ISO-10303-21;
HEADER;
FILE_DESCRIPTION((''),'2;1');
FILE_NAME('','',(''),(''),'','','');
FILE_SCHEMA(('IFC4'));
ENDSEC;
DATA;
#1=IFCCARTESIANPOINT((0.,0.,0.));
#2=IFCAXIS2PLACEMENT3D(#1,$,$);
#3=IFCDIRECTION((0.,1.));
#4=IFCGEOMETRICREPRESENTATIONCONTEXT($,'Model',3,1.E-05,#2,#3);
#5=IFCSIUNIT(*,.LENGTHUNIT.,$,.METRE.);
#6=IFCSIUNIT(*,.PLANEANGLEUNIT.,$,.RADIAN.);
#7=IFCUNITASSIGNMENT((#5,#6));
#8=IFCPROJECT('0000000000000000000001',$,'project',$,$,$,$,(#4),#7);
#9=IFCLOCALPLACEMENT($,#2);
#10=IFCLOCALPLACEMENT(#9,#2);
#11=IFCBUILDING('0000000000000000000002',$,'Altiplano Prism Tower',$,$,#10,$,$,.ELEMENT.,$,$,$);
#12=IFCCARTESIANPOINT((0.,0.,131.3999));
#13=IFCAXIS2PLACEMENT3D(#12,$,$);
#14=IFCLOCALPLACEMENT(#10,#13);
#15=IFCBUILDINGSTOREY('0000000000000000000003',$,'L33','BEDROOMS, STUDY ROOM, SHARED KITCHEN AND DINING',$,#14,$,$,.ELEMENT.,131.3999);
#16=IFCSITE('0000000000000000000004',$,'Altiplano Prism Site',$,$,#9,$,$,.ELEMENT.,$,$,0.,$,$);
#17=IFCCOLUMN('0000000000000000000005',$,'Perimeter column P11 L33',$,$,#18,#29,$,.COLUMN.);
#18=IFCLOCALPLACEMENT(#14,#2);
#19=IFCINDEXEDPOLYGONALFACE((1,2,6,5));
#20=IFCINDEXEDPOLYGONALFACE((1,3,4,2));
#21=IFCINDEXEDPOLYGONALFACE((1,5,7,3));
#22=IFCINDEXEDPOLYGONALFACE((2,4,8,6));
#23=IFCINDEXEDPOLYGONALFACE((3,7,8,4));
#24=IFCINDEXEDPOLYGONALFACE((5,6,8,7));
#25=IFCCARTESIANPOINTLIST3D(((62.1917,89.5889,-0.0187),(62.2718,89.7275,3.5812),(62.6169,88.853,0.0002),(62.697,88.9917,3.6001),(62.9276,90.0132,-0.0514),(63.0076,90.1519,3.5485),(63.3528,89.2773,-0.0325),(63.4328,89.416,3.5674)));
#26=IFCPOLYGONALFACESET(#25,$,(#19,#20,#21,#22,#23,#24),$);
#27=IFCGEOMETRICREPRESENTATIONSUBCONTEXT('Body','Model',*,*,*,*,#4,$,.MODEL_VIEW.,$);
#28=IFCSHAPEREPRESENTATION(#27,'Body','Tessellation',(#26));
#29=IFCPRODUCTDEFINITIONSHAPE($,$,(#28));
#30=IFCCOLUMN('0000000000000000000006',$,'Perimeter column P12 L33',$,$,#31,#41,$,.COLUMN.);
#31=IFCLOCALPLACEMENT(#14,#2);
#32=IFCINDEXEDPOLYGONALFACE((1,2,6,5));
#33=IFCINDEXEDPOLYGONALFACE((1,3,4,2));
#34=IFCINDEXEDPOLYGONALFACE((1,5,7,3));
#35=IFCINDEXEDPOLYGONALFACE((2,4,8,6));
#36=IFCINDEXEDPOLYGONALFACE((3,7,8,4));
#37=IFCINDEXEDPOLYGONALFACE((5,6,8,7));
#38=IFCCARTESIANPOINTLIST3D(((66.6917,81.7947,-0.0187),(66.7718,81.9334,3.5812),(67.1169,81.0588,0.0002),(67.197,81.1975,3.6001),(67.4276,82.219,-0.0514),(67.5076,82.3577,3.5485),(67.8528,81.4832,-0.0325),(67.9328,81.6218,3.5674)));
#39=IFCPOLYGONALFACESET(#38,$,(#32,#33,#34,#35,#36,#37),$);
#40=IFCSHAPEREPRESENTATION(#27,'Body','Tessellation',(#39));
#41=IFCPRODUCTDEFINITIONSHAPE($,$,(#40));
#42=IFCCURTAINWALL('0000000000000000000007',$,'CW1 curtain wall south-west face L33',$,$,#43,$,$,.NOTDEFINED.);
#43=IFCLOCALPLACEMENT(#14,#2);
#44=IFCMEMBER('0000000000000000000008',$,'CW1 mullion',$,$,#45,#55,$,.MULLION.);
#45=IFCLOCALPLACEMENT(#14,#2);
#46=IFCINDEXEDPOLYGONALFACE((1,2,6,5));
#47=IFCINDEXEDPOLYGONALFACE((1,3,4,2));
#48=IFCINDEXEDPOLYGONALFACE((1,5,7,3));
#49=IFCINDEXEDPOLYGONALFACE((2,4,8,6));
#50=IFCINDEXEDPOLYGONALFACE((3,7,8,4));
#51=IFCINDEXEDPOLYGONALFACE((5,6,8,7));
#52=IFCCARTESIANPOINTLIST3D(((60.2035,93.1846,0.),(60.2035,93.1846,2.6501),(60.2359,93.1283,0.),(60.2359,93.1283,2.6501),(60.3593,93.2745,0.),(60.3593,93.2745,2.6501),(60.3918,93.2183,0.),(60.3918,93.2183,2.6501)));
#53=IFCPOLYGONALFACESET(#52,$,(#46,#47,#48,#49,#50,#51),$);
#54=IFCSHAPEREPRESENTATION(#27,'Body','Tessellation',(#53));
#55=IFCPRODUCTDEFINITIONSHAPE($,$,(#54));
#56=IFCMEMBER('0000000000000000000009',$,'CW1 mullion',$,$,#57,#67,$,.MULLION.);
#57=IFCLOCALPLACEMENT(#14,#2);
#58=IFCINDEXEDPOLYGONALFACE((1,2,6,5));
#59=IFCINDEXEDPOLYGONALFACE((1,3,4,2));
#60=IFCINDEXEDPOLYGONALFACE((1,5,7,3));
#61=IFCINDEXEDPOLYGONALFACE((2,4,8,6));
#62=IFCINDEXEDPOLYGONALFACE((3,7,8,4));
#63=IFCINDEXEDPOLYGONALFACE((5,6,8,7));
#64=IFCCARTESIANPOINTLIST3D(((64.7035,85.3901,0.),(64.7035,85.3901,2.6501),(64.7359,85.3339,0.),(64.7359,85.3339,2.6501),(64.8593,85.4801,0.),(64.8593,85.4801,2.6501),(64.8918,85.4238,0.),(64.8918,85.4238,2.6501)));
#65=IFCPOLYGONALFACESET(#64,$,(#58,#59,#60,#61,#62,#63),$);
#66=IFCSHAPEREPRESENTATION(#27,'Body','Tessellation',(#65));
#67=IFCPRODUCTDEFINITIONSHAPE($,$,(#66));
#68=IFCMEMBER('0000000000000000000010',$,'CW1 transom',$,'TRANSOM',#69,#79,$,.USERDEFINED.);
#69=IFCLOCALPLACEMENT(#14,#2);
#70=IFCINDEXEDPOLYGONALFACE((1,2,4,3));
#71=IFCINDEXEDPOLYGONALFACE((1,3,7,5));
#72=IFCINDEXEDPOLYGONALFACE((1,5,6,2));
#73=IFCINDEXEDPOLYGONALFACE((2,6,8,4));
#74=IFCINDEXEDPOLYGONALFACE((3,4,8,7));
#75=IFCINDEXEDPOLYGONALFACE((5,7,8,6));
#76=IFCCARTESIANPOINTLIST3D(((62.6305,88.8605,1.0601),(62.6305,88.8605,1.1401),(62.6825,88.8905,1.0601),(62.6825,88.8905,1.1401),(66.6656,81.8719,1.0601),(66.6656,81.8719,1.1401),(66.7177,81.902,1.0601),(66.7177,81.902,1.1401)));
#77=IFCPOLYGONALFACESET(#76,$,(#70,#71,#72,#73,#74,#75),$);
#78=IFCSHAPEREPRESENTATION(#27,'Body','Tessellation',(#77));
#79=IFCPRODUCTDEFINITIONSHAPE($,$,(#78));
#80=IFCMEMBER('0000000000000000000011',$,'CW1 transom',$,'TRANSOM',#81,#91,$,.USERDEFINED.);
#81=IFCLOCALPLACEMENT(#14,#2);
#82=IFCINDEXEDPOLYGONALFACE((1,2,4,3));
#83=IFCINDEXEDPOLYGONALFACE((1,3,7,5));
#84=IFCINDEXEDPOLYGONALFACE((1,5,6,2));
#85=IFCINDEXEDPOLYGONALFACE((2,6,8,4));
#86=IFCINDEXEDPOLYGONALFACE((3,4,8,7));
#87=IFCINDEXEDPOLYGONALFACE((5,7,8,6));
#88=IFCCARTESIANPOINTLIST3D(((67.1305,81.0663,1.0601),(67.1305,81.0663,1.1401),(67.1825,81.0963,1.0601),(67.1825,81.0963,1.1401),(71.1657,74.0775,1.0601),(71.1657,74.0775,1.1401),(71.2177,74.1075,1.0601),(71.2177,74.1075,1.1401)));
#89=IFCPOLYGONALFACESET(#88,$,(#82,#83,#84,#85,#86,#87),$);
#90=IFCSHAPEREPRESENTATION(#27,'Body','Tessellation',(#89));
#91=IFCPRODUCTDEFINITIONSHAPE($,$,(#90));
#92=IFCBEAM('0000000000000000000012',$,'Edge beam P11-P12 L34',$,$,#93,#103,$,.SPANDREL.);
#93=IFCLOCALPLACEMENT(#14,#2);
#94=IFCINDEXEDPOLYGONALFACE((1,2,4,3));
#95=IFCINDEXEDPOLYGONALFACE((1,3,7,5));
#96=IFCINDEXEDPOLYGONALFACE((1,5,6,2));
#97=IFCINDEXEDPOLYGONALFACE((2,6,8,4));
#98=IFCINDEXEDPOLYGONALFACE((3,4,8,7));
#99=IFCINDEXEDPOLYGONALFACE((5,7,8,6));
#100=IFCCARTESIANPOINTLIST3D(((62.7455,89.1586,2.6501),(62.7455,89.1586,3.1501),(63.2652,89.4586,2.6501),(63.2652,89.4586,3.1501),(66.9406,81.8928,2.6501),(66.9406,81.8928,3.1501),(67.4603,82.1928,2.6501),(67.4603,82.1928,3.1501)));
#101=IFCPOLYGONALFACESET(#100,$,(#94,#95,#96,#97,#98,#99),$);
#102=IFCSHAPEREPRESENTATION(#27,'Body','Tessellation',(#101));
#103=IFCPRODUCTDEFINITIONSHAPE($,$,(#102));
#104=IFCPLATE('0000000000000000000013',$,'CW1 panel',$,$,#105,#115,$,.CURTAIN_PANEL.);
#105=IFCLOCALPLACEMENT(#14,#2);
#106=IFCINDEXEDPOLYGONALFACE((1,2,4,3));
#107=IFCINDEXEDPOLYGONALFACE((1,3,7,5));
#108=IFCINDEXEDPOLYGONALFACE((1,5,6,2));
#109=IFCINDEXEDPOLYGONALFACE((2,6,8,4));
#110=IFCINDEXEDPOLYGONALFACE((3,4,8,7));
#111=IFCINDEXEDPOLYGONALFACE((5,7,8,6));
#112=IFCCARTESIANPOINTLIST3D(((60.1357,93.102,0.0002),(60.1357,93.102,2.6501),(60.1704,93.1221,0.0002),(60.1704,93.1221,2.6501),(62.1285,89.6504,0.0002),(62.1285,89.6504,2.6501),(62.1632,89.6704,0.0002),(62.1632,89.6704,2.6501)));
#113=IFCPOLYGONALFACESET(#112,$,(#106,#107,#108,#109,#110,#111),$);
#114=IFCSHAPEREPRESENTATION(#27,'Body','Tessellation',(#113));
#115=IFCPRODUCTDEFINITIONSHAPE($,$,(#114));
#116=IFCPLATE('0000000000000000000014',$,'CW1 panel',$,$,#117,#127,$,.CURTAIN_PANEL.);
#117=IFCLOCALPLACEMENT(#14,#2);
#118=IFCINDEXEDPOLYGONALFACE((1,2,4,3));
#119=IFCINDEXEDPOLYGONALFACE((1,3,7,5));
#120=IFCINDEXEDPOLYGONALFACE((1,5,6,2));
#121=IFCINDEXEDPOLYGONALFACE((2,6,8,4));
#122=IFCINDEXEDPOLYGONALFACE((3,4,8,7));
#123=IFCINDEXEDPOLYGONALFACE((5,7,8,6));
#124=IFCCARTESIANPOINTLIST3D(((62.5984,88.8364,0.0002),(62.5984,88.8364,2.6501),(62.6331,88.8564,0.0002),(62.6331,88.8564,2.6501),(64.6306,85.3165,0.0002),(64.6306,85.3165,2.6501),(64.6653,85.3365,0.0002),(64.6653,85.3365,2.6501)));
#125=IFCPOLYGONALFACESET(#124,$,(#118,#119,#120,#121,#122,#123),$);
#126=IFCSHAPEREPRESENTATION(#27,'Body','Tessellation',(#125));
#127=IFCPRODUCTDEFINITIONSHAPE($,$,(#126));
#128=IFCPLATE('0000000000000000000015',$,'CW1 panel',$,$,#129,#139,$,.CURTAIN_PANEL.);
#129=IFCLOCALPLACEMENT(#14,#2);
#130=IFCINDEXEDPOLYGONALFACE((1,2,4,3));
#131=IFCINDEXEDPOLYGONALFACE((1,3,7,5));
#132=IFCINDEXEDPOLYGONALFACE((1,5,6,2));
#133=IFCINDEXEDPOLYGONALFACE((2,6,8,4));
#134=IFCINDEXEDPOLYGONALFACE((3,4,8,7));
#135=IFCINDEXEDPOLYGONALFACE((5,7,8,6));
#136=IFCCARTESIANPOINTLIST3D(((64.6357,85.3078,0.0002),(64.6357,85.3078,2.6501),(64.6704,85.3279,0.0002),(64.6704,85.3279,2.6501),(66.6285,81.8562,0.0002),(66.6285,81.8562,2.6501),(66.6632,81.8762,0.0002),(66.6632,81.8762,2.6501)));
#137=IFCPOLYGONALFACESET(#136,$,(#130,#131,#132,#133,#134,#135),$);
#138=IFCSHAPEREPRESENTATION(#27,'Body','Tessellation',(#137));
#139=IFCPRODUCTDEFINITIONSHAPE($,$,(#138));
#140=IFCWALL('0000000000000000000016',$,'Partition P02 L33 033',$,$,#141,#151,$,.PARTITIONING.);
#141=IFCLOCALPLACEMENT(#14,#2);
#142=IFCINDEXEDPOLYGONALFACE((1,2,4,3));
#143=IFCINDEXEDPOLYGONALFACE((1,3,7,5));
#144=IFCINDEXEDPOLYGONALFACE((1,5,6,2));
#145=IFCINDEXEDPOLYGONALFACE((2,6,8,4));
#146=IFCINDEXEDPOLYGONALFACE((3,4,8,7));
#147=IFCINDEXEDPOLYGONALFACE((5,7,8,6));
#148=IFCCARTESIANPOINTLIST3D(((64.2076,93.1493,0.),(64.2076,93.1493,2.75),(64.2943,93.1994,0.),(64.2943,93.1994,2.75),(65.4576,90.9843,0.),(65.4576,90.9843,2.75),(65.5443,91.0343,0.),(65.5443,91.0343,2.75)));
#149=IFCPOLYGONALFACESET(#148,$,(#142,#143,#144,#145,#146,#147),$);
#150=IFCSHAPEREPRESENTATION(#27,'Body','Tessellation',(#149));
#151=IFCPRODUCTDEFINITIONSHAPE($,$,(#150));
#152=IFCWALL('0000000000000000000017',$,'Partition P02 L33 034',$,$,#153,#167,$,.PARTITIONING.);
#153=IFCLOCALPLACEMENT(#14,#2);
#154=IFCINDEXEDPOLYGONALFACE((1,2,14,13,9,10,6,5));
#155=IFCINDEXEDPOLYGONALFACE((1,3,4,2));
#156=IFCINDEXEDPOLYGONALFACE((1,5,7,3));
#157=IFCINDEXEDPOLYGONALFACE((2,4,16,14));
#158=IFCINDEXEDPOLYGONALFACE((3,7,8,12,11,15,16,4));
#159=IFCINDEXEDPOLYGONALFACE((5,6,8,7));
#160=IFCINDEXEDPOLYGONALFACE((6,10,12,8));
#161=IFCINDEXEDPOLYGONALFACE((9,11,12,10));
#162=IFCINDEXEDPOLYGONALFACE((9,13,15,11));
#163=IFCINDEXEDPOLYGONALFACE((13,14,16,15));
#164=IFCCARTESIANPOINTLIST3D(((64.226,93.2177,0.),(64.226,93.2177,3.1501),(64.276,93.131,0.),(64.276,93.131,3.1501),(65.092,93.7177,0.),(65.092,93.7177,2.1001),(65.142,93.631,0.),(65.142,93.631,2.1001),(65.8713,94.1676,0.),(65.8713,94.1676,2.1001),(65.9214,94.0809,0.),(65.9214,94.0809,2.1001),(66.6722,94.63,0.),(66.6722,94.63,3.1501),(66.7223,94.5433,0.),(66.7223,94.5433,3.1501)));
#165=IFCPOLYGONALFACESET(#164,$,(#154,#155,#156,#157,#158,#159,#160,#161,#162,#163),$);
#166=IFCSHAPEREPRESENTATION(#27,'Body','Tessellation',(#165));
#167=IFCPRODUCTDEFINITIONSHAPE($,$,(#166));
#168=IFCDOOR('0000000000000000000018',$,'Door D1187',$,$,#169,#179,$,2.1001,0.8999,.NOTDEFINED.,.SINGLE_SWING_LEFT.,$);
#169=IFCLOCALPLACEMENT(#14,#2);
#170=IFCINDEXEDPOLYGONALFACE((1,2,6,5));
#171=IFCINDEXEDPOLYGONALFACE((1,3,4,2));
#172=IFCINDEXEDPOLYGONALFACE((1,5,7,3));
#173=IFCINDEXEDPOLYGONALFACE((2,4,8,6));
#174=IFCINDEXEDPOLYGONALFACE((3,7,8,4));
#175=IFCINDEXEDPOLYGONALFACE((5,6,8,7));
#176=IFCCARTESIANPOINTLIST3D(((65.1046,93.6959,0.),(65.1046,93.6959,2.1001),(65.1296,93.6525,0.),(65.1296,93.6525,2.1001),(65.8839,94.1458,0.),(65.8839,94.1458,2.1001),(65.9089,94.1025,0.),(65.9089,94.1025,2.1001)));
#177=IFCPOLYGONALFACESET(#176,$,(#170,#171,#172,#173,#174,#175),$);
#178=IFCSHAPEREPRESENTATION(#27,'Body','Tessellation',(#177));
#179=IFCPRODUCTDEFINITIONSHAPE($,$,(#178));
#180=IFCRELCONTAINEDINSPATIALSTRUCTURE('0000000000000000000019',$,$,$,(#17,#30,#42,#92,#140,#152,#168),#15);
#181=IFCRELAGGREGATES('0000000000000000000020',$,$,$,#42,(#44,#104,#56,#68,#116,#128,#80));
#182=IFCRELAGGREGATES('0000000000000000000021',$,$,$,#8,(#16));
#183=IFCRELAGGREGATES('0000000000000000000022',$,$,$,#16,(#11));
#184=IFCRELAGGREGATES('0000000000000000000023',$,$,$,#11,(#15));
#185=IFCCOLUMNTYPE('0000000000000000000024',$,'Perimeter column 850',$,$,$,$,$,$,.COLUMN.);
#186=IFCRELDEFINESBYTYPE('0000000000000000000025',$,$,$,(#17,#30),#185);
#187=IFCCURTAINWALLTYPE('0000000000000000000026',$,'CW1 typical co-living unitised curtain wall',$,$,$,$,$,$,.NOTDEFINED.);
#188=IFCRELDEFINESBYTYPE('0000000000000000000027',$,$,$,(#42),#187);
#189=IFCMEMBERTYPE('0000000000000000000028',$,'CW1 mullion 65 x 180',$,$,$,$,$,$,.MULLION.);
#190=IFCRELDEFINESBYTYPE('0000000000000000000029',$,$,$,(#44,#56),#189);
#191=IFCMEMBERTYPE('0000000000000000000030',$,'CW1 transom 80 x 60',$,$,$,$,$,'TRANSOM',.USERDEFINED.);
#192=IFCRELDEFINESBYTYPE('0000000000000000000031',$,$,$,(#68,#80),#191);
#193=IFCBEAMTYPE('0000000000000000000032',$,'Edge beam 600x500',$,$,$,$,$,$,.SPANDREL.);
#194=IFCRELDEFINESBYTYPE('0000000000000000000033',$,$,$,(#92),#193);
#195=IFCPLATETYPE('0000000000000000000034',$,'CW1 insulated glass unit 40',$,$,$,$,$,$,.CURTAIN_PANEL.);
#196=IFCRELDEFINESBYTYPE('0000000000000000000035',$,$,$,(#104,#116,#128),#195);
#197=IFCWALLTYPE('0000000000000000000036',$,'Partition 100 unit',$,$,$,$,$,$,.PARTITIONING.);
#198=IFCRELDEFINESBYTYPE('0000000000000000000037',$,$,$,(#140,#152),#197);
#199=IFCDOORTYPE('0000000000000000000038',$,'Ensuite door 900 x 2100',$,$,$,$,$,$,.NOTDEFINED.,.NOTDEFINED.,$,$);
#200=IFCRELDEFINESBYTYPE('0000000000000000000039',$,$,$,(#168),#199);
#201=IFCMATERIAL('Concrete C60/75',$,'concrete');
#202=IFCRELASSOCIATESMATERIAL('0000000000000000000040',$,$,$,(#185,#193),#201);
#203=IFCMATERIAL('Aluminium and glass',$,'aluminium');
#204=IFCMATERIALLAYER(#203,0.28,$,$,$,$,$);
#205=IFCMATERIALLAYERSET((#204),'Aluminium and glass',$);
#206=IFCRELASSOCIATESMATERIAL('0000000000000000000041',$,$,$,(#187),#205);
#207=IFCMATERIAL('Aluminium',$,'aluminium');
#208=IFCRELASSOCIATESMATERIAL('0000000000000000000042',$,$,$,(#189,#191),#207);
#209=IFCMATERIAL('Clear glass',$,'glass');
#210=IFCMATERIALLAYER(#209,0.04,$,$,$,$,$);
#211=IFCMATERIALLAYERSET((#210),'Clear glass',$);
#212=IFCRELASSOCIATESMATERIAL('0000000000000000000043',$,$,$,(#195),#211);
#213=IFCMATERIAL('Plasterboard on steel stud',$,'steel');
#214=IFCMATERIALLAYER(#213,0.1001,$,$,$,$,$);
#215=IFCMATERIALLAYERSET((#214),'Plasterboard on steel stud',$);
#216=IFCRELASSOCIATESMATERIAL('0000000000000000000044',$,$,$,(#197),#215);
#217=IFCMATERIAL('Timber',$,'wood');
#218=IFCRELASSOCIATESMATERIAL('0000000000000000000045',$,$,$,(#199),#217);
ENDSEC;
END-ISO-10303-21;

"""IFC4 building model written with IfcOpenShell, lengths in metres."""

from ifc_helpers import new_model, si_unit, direction, frame, frame_2d, origin, origin_2d, place, context, subcontext, project, spatial, rectangle, extrude, material, layer, layer_set, material_profile, profile_set, type_object, element, fill, aggregate, save


model = new_model("IFC4")

# Units and contexts
model_context = context("Model", 3, precision=1e-05, world=origin(), true_north=direction((0.0, 1.0)))
body_context = subcontext(model_context, "Body", "Model", "MODEL_VIEW")
ifc_project = project(units=[si_unit("LENGTHUNIT", "METRE"), si_unit("PLANEANGLEUNIT", "RADIAN")], contexts=[model_context])

# Site, building, storey
site_placement = place(None, origin())
site = spatial("IfcSite", under=ifc_project, at=site_placement, Name="Altiplano Prism Site", CompositionType="ELEMENT", RefElevation=0.0)
building_placement = place(site_placement, origin())
building = spatial("IfcBuilding", under=site, at=building_placement, Name="Altiplano Prism Tower", CompositionType="ELEMENT")
storey_placement = place(building_placement, frame((0.0, 0.0, 131.3999)))
storey = spatial("IfcBuildingStorey", under=building, at=storey_placement, Name="L33", Description="BEDROOMS, STUDY ROOM, SHARED KITCHEN AND DINING", CompositionType="ELEMENT", Elevation=131.3999)

# Columns
ifc_material_1 = material(Name="Concrete C60/75", Category="concrete")
ifc_material_profile_1 = material_profile(ifc_material_1, rectangle(XDim=0.8501, YDim=0.8501, at=origin_2d()), Name="Perimeter column 850")
ifc_profile_set_1 = profile_set([ifc_material_profile_1], Name="Concrete C60/75")
column_type = type_object("IfcColumnType", Name="Perimeter column 850", PredefinedType="COLUMN", material=ifc_profile_set_1)
for number, where, z_axis, x_axis, name in (
    (1, (62.7722, 89.4331, -0.0256), (0.022223, 0.038483, 0.999012), (-0.865642, -0.499182, 0.038485), "Perimeter column P11 L33"),
    (2, (67.2722, 81.6389, -0.0256), (0.022223, 0.038483, 0.999012), (-0.865642, -0.499182, 0.038485), "Perimeter column P12 L33"),
):
    element("IfcColumn", number, at=place(storey_placement, frame(where, z_axis=z_axis, x_axis=x_axis)), inside=storey, type_object=column_type, Name=name, PredefinedType="COLUMN", context=body_context, shape_type="SweptSolid", body=[
        extrude(rectangle(XDim=0.8501, YDim=0.8501, at=origin_2d()), origin(), (0.0, 0.0, 1.0), 3.6035),
    ])

# Curtain wall, members
ifc_material_2 = material(Name="Aluminium and glass", Category="aluminium")
ifc_layer_1 = layer(ifc_material_2, 0.28)
ifc_layer_set_1 = layer_set([ifc_layer_1], Name="Aluminium and glass")
curtain_wall_type = type_object("IfcCurtainWallType", Name="CW1 typical co-living unitised curtain wall", PredefinedType="NOTDEFINED", material=ifc_layer_set_1)
curtain_wall_placement = place(storey_placement, origin())
curtain_wall = element("IfcCurtainWall", 3, at=curtain_wall_placement, inside=storey, type_object=curtain_wall_type, Name="CW1 curtain wall south-west face L33", PredefinedType="NOTDEFINED")
ifc_material_3 = material(Name="Aluminium", Category="aluminium")
ifc_material_profile_2 = material_profile(ifc_material_3, rectangle(XDim=0.1799, YDim=0.0649, at=origin_2d()), Name="CW1 mullion 65 x 180")
ifc_profile_set_2 = profile_set([ifc_material_profile_2], Name="Aluminium")
member_type_1 = type_object("IfcMemberType", Name="CW1 mullion 65 x 180", PredefinedType="MULLION", material=ifc_profile_set_2)
member_1_placement = place(storey_placement, frame((60.2976, 93.2014, 0.0), z_axis=(0.0, 0.0, 1.0), x_axis=(0.866025, 0.5, 0.0)))
member_1 = element("IfcMember", 4, at=member_1_placement, type_object=member_type_1, Name="CW1 mullion", PredefinedType="MULLION", context=body_context, shape_type="SweptSolid", body=[
    extrude(rectangle(XDim=0.1799, YDim=0.0649, at=origin_2d()), origin(), (0.0, 0.0, 1.0), 2.6501),
])
member_2_placement = place(storey_placement, frame((64.7976, 85.407, 0.0), z_axis=(0.0, 0.0, 1.0), x_axis=(0.866025, 0.5, 0.0)))
member_2 = element("IfcMember", 5, at=member_2_placement, type_object=member_type_1, Name="CW1 mullion", PredefinedType="MULLION", context=body_context, shape_type="SweptSolid", body=[
    extrude(rectangle(XDim=0.1799, YDim=0.0649, at=origin_2d()), origin(), (0.0, 0.0, 1.0), 2.6501),
])
ifc_material_profile_3 = material_profile(ifc_material_3, rectangle(XDim=0.0601, YDim=0.0801, at=origin_2d()), Name="CW1 transom 80 x 60")
ifc_profile_set_3 = profile_set([ifc_material_profile_3], Name="Aluminium")
member_type_2 = type_object("IfcMemberType", Name="CW1 transom 80 x 60", ElementType="TRANSOM", PredefinedType="USERDEFINED", material=ifc_profile_set_3)
member_3_placement = place(storey_placement, frame((62.6565, 88.8755, 1.1001), z_axis=(0.500031, -0.866008, 0.0), x_axis=(0.866008, 0.500031, 0.0)))
member_3 = element("IfcMember", 6, at=member_3_placement, type_object=member_type_2, Name="CW1 transom", ObjectType="TRANSOM", PredefinedType="USERDEFINED", context=body_context, shape_type="SweptSolid", body=[
    extrude(rectangle(XDim=0.0601, YDim=0.0801, at=origin_2d()), origin(), (0.0, 0.0, 1.0), 8.0698),
])
member_4_placement = place(storey_placement, frame((67.1565, 81.0813, 1.1001), z_axis=(0.500017, -0.866015, 0.0), x_axis=(0.866015, 0.500017, 0.0)))
member_4 = element("IfcMember", 7, at=member_4_placement, type_object=member_type_2, Name="CW1 transom", ObjectType="TRANSOM", PredefinedType="USERDEFINED", context=body_context, shape_type="SweptSolid", body=[
    extrude(rectangle(XDim=0.0601, YDim=0.0801, at=origin_2d()), origin(), (0.0, 0.0, 1.0), 8.0701),
])

# Beam
ifc_material_profile_4 = material_profile(ifc_material_1, rectangle(XDim=0.6001, YDim=0.5, at=origin_2d()), Name="Edge beam 600x500")
ifc_profile_set_4 = profile_set([ifc_material_profile_4], Name="Concrete C60/75")
beam_type = type_object("IfcBeamType", Name="Edge beam 600x500", PredefinedType="SPANDREL", material=ifc_profile_set_4)
beam_placement = place(storey_placement, frame((63.0054, 89.3086, 2.9001), z_axis=(0.50001, -0.866019, 0.0), x_axis=(0.866019, 0.50001, 0.0)))
element("IfcBeam", 8, at=beam_placement, inside=storey, type_object=beam_type, Name="Edge beam P11-P12 L34", PredefinedType="SPANDREL", context=body_context, shape_type="SweptSolid", body=[
    extrude(rectangle(XDim=0.6001, YDim=0.5, at=origin_2d()), origin(), (0.0, 0.0, 1.0), 8.3899),
])

# Plates
ifc_material_4 = material(Name="Clear glass", Category="glass")
ifc_layer_2 = layer(ifc_material_4, 0.04)
ifc_layer_set_2 = layer_set([ifc_layer_2], Name="Clear glass")
plate_type = type_object("IfcPlateType", Name="CW1 insulated glass unit 40", PredefinedType="CURTAIN_PANEL", material=ifc_layer_set_2)
plate_1_placement = place(storey_placement, frame((61.1494, 91.3862, 0.0002), z_axis=(0.0, 0.0, 1.0), x_axis=(0.5, -0.866025, 0.0)))
plate_1 = element("IfcPlate", 9, at=plate_1_placement, type_object=plate_type, Name="CW1 panel", PredefinedType="CURTAIN_PANEL", context=body_context, shape_type="SweptSolid", body=[
    extrude(rectangle(XDim=3.9856, YDim=0.04, at=origin_2d()), origin(), (0.0, 0.0, 1.0), 2.6499),
])
plate_2_placement = place(storey_placement, frame((63.6318, 87.0864, 0.0002), z_axis=(0.0, 0.0, 1.0), x_axis=(0.5, -0.866025, 0.0)))
plate_2 = element("IfcPlate", 10, at=plate_2_placement, type_object=plate_type, Name="CW1 panel", PredefinedType="CURTAIN_PANEL", context=body_context, shape_type="SweptSolid", body=[
    extrude(rectangle(XDim=4.0645, YDim=0.04, at=origin_2d()), origin(), (0.0, 0.0, 1.0), 2.6499),
])
plate_3_placement = place(storey_placement, frame((65.6494, 83.592, 0.0002), z_axis=(0.0, 0.0, 1.0), x_axis=(0.5, -0.866025, 0.0)))
plate_3 = element("IfcPlate", 11, at=plate_3_placement, type_object=plate_type, Name="CW1 panel", PredefinedType="CURTAIN_PANEL", context=body_context, shape_type="SweptSolid", body=[
    extrude(rectangle(XDim=3.9856, YDim=0.04, at=origin_2d()), origin(), (0.0, 0.0, 1.0), 2.6499),
])
aggregate(curtain_wall, [member_1, plate_1, member_2, member_3, plate_2, plate_3, member_4])

# Wall
ifc_material_5 = material(Name="Plasterboard on steel stud", Category="steel")
ifc_layer_3 = layer(ifc_material_5, 0.1001)
ifc_layer_set_3 = layer_set([ifc_layer_3], Name="Plasterboard on steel stud")
wall_type_1 = type_object("IfcWallType", Name="Partition 100 unit", PredefinedType="PARTITIONING", material=ifc_layer_set_3)
wall_1_placement = place(storey_placement, frame((65.501, 91.0093, 0.0), z_axis=(0.0, 0.0, 1.0), x_axis=(-0.500004, 0.866023, 0.0)))
element("IfcWall", 12, at=wall_1_placement, inside=storey, type_object=wall_type_1, Name="Partition P02 L33 033", PredefinedType="PARTITIONING", context=body_context, shape_type="SweptSolid", body=[
    extrude(rectangle(XDim=2.5, YDim=0.1001, at=frame_2d((1.25, 0.0))), origin(), (0.0, 0.0, 1.0), 2.75),
])

# Wall, opening, door
wall_2_placement = place(storey_placement, frame((64.251, 93.1743, 0.0), z_axis=(0.0, 0.0, 1.0), x_axis=(0.866027, 0.499997, 0.0)))
wall_2 = element("IfcWall", 13, at=wall_2_placement, inside=storey, type_object=wall_type_1, Name="Partition P02 L33 034", PredefinedType="PARTITIONING", context=body_context, shape_type="SweptSolid", body=[
    extrude(rectangle(XDim=2.8247, YDim=0.1001, at=frame_2d((1.4124, 0.0))), origin(), (0.0, 0.0, 1.0), 3.1501),
])
opening_placement = place(wall_2_placement, frame((1.0, 0.0, 0.0)))
opening = element("IfcOpeningElement", 14, at=opening_placement, cuts=wall_2, PredefinedType="OPENING", context=body_context, shape_type="SweptSolid", body=[
    extrude(rectangle(XDim=0.8999, YDim=2.1001, at=frame_2d((0.45, 1.05))), frame((0.0, 0.0605, 0.0), z_axis=(0.0, -1.0, 0.0), x_axis=(1.0, 0.0, 0.0)), (0.0, 0.0, 1.0), 0.1211),
])
ifc_material_6 = material(Name="Timber", Category="wood")
door_type = type_object("IfcDoorType", Name="Ensuite door 900 x 2100", OperationType="NOTDEFINED", PredefinedType="NOTDEFINED", material=ifc_material_6)
door_placement = place(opening_placement, origin())
door = element("IfcDoor", 15, at=door_placement, inside=storey, type_object=door_type, Name="Door D1187", OperationType="SINGLE_SWING_LEFT", OverallHeight=2.1001, OverallWidth=0.8999, PredefinedType="NOTDEFINED", context=body_context, shape_type="SweptSolid", body=[
    extrude(rectangle(XDim=0.8999, YDim=2.1001, at=frame_2d((0.45, 1.05))), frame((0.0, 0.0249, 0.0), z_axis=(0.0, -1.0, 0.0), x_axis=(1.0, 0.0, 0.0)), (0.0, 0.0, 1.0), 0.05),
])
fill(opening, door)

save(model, "model.ifc")
